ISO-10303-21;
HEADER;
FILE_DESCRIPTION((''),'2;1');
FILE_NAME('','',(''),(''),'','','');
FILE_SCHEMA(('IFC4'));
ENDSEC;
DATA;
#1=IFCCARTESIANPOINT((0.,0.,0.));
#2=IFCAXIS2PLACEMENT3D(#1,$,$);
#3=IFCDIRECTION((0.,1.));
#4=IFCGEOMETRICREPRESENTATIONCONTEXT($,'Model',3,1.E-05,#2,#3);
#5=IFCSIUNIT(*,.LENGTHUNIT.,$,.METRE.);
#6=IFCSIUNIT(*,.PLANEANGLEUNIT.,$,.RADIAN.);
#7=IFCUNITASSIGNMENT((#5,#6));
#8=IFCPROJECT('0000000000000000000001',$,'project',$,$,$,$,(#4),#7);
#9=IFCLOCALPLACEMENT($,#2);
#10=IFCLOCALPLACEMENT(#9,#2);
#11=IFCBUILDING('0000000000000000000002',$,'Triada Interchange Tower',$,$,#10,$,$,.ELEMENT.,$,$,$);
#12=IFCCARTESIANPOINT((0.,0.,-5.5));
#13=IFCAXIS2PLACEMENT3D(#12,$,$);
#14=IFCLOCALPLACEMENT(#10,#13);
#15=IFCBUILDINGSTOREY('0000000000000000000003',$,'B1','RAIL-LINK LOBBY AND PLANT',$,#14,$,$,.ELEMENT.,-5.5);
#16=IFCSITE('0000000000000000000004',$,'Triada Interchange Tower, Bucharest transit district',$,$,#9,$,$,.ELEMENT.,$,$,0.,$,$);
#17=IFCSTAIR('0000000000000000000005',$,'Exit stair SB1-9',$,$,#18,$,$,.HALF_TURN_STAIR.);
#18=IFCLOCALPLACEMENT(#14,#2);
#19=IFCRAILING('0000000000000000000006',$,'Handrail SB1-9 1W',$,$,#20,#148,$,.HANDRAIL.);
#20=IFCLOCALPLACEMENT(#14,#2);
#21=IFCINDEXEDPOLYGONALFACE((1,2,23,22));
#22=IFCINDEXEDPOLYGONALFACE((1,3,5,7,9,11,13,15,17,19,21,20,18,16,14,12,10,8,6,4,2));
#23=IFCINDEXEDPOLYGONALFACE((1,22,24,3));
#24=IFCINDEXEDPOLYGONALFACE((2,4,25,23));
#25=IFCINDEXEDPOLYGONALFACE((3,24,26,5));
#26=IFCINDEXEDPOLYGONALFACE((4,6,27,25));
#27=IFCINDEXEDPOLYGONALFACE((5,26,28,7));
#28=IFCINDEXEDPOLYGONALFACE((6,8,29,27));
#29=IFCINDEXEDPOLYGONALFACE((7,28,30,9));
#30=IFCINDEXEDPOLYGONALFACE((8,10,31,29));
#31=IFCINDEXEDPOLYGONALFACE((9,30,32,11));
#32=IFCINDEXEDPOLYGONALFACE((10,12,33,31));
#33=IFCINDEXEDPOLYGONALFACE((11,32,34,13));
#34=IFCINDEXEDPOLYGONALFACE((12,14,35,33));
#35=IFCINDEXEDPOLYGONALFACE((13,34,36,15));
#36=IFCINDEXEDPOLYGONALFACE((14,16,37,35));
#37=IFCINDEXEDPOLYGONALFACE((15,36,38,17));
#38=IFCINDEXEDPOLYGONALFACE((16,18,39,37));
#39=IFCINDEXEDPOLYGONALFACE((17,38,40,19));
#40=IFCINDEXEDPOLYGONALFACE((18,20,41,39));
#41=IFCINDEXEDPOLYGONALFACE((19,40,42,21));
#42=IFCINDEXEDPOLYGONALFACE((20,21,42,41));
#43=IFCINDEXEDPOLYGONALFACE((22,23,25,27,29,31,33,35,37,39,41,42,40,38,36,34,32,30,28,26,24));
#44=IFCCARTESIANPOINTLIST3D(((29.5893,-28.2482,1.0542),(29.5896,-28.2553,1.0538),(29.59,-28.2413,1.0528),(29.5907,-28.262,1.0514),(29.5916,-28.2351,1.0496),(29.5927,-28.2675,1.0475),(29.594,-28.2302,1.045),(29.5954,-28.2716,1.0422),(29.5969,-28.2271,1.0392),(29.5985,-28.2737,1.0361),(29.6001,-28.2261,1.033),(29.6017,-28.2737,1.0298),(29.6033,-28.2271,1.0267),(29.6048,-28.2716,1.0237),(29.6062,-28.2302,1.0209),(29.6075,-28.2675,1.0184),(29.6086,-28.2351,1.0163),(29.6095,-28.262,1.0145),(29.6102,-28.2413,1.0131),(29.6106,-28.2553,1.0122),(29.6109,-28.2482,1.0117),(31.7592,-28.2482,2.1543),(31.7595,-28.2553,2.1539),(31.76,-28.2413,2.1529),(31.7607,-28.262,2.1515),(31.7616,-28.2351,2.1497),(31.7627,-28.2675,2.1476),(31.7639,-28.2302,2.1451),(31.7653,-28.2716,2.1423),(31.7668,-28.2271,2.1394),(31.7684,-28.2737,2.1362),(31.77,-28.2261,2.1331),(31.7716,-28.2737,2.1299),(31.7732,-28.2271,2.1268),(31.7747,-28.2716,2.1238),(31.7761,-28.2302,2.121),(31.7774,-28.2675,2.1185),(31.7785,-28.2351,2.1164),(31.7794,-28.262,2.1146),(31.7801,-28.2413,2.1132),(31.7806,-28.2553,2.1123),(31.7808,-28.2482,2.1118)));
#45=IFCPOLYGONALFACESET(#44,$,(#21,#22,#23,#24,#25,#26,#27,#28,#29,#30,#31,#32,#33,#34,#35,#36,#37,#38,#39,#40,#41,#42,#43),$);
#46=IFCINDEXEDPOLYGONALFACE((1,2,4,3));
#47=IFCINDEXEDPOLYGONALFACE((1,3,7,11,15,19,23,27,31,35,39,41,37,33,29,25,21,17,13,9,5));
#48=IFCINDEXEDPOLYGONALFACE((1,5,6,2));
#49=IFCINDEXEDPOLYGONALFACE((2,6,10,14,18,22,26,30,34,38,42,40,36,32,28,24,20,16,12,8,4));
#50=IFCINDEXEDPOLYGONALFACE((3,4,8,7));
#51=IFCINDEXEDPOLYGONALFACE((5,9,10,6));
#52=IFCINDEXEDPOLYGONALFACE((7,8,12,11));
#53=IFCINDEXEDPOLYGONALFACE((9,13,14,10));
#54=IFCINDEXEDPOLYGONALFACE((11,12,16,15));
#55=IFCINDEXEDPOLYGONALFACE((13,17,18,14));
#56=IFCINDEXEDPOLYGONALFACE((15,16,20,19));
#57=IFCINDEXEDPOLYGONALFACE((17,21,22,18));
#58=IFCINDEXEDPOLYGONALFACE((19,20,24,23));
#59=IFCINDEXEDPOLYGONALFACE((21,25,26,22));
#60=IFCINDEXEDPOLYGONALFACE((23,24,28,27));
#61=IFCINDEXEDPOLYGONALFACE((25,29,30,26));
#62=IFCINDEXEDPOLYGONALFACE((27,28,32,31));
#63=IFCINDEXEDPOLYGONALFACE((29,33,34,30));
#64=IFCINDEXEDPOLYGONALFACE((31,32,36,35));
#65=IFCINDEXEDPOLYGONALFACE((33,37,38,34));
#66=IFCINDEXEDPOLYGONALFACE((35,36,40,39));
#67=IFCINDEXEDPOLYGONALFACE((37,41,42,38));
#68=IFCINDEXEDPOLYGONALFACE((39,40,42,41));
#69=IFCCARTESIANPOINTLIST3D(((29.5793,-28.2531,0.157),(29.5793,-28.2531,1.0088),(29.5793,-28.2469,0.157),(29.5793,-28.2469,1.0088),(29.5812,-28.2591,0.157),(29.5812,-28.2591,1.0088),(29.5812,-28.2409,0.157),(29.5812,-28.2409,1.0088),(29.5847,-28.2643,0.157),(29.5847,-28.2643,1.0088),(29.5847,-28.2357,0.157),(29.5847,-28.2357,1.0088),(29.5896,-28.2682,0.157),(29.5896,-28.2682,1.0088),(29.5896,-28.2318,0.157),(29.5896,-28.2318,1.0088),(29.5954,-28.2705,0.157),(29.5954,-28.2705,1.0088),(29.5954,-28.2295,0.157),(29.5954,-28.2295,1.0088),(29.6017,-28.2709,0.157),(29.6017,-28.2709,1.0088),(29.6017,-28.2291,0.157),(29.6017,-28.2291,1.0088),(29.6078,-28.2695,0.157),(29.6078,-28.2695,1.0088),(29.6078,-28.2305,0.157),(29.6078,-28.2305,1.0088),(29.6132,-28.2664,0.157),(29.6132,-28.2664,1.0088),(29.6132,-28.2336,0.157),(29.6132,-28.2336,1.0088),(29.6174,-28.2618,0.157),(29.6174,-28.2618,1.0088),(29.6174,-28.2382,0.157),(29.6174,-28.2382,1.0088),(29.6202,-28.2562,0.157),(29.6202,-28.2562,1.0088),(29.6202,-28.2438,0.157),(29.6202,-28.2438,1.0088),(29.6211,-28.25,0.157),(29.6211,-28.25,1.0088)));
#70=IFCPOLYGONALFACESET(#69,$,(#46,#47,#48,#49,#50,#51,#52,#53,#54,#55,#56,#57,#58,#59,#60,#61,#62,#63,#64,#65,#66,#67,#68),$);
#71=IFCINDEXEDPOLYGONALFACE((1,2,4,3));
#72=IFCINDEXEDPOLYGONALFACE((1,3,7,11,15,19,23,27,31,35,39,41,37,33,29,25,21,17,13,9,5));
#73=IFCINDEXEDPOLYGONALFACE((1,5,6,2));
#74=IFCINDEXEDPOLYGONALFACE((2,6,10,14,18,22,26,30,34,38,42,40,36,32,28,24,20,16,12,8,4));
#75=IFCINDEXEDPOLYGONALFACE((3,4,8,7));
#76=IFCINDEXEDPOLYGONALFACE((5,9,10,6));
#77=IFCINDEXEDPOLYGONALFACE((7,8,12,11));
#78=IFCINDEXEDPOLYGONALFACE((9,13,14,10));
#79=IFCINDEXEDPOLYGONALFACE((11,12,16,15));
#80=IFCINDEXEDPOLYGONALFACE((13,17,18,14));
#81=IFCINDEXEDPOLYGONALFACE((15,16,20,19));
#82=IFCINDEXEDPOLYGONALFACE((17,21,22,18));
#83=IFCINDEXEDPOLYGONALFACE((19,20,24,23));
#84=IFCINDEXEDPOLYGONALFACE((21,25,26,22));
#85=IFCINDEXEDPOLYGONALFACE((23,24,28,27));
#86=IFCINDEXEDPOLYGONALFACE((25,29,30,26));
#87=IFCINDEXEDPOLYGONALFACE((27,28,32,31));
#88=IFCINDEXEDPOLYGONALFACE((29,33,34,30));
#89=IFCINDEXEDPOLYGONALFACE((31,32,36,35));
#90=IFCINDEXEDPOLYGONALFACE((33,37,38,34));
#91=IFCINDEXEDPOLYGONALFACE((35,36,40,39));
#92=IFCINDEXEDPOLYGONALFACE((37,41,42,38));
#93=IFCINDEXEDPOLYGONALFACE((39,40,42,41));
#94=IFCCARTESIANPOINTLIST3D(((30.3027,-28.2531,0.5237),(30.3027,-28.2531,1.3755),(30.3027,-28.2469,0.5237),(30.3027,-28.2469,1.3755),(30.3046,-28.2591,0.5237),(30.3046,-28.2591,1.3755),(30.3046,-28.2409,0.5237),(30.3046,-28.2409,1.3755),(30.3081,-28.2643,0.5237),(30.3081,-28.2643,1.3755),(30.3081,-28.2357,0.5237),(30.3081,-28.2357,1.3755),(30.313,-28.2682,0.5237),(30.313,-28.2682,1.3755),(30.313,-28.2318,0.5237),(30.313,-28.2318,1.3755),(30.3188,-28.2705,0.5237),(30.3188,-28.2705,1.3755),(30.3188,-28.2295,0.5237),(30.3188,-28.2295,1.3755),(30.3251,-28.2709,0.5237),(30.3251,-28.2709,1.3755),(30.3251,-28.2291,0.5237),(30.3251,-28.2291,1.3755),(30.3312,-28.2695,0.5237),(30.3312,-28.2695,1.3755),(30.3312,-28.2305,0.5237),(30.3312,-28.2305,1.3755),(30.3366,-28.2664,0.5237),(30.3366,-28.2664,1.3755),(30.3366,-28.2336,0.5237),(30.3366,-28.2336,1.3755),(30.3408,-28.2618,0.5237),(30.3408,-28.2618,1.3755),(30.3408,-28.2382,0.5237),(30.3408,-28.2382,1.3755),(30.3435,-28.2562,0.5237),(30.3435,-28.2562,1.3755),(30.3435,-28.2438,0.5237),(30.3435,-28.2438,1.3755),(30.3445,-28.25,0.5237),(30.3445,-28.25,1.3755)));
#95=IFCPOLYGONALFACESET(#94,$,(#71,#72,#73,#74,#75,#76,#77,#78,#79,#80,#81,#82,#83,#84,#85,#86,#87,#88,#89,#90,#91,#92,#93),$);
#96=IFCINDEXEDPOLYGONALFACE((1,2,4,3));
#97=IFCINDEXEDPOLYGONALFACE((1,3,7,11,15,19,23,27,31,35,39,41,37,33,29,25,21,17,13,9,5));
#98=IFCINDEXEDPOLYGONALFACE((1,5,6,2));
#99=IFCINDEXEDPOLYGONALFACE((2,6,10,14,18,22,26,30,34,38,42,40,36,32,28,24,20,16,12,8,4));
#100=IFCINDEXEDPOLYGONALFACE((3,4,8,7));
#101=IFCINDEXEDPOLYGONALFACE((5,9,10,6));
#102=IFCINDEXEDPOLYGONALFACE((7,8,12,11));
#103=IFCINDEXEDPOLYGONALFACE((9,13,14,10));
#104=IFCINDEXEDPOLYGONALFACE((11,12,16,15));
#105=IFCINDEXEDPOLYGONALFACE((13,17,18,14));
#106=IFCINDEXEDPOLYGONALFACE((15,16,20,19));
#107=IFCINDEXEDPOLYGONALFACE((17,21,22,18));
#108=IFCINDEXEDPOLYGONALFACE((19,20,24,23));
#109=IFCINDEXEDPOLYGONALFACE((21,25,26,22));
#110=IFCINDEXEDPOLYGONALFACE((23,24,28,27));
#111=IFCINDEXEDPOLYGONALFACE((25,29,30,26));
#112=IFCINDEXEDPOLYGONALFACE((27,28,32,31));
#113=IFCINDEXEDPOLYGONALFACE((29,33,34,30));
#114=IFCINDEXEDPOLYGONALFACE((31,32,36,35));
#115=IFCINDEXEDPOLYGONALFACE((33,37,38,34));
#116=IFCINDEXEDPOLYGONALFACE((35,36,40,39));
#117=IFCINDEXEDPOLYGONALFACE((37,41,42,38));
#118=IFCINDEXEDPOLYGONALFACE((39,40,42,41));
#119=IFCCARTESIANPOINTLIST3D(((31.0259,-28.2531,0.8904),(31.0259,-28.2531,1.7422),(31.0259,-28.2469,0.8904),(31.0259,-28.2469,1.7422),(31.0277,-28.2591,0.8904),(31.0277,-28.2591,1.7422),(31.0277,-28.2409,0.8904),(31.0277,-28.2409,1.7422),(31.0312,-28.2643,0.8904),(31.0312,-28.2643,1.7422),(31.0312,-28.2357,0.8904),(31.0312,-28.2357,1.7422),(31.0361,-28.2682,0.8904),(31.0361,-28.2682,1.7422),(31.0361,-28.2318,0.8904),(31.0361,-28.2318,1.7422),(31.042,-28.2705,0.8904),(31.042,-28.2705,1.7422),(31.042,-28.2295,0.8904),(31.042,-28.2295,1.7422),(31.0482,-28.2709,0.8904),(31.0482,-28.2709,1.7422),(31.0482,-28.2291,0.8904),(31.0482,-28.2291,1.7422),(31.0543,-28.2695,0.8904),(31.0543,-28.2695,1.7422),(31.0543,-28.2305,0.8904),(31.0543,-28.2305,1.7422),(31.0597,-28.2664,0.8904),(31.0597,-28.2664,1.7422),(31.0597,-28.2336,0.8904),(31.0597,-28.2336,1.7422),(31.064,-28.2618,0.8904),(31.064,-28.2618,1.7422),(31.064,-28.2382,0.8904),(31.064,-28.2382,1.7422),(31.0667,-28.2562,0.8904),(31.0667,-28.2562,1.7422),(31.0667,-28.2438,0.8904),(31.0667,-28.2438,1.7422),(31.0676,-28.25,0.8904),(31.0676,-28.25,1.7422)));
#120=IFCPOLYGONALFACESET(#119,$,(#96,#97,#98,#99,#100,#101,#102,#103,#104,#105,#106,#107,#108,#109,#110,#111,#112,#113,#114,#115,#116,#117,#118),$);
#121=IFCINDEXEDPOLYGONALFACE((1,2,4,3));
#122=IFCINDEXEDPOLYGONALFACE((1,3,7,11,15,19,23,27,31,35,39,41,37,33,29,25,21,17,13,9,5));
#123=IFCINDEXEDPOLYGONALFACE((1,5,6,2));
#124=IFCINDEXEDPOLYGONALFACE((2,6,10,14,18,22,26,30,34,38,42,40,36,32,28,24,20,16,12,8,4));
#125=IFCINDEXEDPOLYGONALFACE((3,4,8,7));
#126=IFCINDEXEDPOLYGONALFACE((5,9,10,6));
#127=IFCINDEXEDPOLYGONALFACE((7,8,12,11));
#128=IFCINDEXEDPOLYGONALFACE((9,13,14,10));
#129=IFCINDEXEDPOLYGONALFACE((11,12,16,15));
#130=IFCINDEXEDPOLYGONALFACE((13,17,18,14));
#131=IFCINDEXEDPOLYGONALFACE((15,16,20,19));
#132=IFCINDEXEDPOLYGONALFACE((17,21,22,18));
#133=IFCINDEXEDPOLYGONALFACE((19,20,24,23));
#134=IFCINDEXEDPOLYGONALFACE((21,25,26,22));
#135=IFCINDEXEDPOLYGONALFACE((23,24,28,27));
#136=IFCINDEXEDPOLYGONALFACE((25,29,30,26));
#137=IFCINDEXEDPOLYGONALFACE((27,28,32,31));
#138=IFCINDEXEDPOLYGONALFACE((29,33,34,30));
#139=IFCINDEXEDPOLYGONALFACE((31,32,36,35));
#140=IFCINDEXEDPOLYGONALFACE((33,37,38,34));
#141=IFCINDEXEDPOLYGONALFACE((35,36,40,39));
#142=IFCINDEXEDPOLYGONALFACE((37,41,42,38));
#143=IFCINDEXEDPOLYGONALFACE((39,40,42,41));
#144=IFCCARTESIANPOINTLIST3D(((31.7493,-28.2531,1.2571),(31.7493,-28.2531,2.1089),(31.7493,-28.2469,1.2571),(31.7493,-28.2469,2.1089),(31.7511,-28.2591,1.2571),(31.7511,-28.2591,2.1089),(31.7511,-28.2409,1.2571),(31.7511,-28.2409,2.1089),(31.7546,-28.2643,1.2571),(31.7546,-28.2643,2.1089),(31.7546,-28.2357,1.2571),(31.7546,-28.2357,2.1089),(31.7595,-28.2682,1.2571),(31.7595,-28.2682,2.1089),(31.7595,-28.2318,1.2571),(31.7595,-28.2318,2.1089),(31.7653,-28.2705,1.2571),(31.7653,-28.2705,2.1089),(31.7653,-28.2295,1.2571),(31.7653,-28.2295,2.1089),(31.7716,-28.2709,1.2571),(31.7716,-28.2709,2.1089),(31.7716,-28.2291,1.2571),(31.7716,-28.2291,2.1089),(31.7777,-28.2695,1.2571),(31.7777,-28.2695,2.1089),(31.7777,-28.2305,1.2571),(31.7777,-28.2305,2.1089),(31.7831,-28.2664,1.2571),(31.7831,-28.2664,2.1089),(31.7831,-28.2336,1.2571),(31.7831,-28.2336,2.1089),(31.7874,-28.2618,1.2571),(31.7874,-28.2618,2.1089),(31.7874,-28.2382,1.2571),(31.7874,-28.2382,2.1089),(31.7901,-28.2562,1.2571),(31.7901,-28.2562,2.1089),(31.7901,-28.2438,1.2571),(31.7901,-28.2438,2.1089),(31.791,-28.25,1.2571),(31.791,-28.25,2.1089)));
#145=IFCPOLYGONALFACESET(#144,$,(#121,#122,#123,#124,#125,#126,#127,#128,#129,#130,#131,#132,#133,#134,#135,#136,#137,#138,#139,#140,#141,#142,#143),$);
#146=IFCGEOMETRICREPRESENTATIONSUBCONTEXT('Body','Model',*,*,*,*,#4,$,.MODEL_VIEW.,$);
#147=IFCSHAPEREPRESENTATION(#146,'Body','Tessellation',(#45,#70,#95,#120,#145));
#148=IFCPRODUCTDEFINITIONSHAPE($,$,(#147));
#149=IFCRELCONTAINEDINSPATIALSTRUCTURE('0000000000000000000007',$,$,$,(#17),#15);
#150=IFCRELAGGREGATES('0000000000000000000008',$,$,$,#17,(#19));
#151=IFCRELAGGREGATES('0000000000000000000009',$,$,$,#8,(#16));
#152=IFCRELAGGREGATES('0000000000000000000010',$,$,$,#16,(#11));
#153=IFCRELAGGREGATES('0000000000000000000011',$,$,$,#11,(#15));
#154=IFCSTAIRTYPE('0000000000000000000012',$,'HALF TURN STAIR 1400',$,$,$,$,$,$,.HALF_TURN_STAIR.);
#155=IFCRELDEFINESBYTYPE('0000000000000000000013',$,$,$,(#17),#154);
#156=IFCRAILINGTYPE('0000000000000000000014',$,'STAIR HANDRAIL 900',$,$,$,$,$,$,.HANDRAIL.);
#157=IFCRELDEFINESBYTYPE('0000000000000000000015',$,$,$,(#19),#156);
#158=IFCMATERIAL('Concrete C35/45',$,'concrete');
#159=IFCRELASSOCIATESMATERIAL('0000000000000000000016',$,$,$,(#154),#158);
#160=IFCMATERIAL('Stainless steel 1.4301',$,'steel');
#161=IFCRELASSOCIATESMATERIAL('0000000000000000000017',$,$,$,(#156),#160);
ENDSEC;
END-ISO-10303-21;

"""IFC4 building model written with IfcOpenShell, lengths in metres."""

from ifc_helpers import new_model, si_unit, direction, frame, origin, origin_2d, place, context, subcontext, project, spatial, circle, extrude, material, type_object, element, aggregate, save


model = new_model("IFC4")

# Units and contexts
model_context = context("Model", 3, precision=1e-05, world=origin(), true_north=direction((0.0, 1.0)))
body_context = subcontext(model_context, "Body", "Model", "MODEL_VIEW")
ifc_project = project(units=[si_unit("LENGTHUNIT", "METRE"), si_unit("PLANEANGLEUNIT", "RADIAN")], contexts=[model_context])

# Site, building, storey
site_placement = place(None, origin())
site = spatial("IfcSite", under=ifc_project, at=site_placement, Name="Triada Interchange Tower, Bucharest transit district", CompositionType="ELEMENT", RefElevation=0.0)
building_placement = place(site_placement, origin())
building = spatial("IfcBuilding", under=site, at=building_placement, Name="Triada Interchange Tower", CompositionType="ELEMENT")
storey_placement = place(building_placement, frame((0.0, 0.0, -5.5)))
storey = spatial("IfcBuildingStorey", under=building, at=storey_placement, Name="B1", Description="RAIL-LINK LOBBY AND PLANT", CompositionType="ELEMENT", Elevation=-5.5)

# Shared definitions
ifc_material_1 = material(Name="Concrete C35/45", Category="concrete")

# Stair, railing
stair_type = type_object("IfcStairType", Name="HALF TURN STAIR 1400", PredefinedType="HALF_TURN_STAIR", material=ifc_material_1)
stair_placement = place(storey_placement, origin())
stair = element("IfcStair", 1, at=stair_placement, inside=storey, type_object=stair_type, Name="Exit stair SB1-9", PredefinedType="HALF_TURN_STAIR")
ifc_material_2 = material(Name="Stainless steel 1.4301", Category="steel")
railing_type_1 = type_object("IfcRailingType", Name="STAIR HANDRAIL 900", PredefinedType="HANDRAIL", material=ifc_material_2)
railing_1_placement = place(storey_placement, frame((29.6001, -28.25, 0.157)))
railing_1 = element("IfcRailing", 2, at=railing_1_placement, type_object=railing_type_1, Name="Handrail SB1-9 1W", PredefinedType="HANDRAIL", context=body_context, shape_type="SweptSolid", body=[
    extrude(circle(Radius=0.0239, at=origin_2d()), frame((0.0, 0.0, 0.876), z_axis=(0.891925, 0.0, 0.452184), x_axis=(0.0, 1.0, 0.0)), (0.0, 0.0, 1.0), 2.4329),
    extrude(circle(Radius=0.021, at=origin_2d()), origin(), (0.0, 0.0, 1.0), 0.8518),
    extrude(circle(Radius=0.021, at=origin_2d()), frame((0.7234, 0.0, 0.3667)), (0.0, 0.0, 1.0), 0.8518),
    extrude(circle(Radius=0.021, at=origin_2d()), frame((1.4465, 0.0, 0.7334)), (0.0, 0.0, 1.0), 0.8518),
    extrude(circle(Radius=0.021, at=origin_2d()), frame((2.1699, 0.0, 1.1001)), (0.0, 0.0, 1.0), 0.8518),
])
aggregate(stair, [railing_1])

save(model, "model.ifc")
